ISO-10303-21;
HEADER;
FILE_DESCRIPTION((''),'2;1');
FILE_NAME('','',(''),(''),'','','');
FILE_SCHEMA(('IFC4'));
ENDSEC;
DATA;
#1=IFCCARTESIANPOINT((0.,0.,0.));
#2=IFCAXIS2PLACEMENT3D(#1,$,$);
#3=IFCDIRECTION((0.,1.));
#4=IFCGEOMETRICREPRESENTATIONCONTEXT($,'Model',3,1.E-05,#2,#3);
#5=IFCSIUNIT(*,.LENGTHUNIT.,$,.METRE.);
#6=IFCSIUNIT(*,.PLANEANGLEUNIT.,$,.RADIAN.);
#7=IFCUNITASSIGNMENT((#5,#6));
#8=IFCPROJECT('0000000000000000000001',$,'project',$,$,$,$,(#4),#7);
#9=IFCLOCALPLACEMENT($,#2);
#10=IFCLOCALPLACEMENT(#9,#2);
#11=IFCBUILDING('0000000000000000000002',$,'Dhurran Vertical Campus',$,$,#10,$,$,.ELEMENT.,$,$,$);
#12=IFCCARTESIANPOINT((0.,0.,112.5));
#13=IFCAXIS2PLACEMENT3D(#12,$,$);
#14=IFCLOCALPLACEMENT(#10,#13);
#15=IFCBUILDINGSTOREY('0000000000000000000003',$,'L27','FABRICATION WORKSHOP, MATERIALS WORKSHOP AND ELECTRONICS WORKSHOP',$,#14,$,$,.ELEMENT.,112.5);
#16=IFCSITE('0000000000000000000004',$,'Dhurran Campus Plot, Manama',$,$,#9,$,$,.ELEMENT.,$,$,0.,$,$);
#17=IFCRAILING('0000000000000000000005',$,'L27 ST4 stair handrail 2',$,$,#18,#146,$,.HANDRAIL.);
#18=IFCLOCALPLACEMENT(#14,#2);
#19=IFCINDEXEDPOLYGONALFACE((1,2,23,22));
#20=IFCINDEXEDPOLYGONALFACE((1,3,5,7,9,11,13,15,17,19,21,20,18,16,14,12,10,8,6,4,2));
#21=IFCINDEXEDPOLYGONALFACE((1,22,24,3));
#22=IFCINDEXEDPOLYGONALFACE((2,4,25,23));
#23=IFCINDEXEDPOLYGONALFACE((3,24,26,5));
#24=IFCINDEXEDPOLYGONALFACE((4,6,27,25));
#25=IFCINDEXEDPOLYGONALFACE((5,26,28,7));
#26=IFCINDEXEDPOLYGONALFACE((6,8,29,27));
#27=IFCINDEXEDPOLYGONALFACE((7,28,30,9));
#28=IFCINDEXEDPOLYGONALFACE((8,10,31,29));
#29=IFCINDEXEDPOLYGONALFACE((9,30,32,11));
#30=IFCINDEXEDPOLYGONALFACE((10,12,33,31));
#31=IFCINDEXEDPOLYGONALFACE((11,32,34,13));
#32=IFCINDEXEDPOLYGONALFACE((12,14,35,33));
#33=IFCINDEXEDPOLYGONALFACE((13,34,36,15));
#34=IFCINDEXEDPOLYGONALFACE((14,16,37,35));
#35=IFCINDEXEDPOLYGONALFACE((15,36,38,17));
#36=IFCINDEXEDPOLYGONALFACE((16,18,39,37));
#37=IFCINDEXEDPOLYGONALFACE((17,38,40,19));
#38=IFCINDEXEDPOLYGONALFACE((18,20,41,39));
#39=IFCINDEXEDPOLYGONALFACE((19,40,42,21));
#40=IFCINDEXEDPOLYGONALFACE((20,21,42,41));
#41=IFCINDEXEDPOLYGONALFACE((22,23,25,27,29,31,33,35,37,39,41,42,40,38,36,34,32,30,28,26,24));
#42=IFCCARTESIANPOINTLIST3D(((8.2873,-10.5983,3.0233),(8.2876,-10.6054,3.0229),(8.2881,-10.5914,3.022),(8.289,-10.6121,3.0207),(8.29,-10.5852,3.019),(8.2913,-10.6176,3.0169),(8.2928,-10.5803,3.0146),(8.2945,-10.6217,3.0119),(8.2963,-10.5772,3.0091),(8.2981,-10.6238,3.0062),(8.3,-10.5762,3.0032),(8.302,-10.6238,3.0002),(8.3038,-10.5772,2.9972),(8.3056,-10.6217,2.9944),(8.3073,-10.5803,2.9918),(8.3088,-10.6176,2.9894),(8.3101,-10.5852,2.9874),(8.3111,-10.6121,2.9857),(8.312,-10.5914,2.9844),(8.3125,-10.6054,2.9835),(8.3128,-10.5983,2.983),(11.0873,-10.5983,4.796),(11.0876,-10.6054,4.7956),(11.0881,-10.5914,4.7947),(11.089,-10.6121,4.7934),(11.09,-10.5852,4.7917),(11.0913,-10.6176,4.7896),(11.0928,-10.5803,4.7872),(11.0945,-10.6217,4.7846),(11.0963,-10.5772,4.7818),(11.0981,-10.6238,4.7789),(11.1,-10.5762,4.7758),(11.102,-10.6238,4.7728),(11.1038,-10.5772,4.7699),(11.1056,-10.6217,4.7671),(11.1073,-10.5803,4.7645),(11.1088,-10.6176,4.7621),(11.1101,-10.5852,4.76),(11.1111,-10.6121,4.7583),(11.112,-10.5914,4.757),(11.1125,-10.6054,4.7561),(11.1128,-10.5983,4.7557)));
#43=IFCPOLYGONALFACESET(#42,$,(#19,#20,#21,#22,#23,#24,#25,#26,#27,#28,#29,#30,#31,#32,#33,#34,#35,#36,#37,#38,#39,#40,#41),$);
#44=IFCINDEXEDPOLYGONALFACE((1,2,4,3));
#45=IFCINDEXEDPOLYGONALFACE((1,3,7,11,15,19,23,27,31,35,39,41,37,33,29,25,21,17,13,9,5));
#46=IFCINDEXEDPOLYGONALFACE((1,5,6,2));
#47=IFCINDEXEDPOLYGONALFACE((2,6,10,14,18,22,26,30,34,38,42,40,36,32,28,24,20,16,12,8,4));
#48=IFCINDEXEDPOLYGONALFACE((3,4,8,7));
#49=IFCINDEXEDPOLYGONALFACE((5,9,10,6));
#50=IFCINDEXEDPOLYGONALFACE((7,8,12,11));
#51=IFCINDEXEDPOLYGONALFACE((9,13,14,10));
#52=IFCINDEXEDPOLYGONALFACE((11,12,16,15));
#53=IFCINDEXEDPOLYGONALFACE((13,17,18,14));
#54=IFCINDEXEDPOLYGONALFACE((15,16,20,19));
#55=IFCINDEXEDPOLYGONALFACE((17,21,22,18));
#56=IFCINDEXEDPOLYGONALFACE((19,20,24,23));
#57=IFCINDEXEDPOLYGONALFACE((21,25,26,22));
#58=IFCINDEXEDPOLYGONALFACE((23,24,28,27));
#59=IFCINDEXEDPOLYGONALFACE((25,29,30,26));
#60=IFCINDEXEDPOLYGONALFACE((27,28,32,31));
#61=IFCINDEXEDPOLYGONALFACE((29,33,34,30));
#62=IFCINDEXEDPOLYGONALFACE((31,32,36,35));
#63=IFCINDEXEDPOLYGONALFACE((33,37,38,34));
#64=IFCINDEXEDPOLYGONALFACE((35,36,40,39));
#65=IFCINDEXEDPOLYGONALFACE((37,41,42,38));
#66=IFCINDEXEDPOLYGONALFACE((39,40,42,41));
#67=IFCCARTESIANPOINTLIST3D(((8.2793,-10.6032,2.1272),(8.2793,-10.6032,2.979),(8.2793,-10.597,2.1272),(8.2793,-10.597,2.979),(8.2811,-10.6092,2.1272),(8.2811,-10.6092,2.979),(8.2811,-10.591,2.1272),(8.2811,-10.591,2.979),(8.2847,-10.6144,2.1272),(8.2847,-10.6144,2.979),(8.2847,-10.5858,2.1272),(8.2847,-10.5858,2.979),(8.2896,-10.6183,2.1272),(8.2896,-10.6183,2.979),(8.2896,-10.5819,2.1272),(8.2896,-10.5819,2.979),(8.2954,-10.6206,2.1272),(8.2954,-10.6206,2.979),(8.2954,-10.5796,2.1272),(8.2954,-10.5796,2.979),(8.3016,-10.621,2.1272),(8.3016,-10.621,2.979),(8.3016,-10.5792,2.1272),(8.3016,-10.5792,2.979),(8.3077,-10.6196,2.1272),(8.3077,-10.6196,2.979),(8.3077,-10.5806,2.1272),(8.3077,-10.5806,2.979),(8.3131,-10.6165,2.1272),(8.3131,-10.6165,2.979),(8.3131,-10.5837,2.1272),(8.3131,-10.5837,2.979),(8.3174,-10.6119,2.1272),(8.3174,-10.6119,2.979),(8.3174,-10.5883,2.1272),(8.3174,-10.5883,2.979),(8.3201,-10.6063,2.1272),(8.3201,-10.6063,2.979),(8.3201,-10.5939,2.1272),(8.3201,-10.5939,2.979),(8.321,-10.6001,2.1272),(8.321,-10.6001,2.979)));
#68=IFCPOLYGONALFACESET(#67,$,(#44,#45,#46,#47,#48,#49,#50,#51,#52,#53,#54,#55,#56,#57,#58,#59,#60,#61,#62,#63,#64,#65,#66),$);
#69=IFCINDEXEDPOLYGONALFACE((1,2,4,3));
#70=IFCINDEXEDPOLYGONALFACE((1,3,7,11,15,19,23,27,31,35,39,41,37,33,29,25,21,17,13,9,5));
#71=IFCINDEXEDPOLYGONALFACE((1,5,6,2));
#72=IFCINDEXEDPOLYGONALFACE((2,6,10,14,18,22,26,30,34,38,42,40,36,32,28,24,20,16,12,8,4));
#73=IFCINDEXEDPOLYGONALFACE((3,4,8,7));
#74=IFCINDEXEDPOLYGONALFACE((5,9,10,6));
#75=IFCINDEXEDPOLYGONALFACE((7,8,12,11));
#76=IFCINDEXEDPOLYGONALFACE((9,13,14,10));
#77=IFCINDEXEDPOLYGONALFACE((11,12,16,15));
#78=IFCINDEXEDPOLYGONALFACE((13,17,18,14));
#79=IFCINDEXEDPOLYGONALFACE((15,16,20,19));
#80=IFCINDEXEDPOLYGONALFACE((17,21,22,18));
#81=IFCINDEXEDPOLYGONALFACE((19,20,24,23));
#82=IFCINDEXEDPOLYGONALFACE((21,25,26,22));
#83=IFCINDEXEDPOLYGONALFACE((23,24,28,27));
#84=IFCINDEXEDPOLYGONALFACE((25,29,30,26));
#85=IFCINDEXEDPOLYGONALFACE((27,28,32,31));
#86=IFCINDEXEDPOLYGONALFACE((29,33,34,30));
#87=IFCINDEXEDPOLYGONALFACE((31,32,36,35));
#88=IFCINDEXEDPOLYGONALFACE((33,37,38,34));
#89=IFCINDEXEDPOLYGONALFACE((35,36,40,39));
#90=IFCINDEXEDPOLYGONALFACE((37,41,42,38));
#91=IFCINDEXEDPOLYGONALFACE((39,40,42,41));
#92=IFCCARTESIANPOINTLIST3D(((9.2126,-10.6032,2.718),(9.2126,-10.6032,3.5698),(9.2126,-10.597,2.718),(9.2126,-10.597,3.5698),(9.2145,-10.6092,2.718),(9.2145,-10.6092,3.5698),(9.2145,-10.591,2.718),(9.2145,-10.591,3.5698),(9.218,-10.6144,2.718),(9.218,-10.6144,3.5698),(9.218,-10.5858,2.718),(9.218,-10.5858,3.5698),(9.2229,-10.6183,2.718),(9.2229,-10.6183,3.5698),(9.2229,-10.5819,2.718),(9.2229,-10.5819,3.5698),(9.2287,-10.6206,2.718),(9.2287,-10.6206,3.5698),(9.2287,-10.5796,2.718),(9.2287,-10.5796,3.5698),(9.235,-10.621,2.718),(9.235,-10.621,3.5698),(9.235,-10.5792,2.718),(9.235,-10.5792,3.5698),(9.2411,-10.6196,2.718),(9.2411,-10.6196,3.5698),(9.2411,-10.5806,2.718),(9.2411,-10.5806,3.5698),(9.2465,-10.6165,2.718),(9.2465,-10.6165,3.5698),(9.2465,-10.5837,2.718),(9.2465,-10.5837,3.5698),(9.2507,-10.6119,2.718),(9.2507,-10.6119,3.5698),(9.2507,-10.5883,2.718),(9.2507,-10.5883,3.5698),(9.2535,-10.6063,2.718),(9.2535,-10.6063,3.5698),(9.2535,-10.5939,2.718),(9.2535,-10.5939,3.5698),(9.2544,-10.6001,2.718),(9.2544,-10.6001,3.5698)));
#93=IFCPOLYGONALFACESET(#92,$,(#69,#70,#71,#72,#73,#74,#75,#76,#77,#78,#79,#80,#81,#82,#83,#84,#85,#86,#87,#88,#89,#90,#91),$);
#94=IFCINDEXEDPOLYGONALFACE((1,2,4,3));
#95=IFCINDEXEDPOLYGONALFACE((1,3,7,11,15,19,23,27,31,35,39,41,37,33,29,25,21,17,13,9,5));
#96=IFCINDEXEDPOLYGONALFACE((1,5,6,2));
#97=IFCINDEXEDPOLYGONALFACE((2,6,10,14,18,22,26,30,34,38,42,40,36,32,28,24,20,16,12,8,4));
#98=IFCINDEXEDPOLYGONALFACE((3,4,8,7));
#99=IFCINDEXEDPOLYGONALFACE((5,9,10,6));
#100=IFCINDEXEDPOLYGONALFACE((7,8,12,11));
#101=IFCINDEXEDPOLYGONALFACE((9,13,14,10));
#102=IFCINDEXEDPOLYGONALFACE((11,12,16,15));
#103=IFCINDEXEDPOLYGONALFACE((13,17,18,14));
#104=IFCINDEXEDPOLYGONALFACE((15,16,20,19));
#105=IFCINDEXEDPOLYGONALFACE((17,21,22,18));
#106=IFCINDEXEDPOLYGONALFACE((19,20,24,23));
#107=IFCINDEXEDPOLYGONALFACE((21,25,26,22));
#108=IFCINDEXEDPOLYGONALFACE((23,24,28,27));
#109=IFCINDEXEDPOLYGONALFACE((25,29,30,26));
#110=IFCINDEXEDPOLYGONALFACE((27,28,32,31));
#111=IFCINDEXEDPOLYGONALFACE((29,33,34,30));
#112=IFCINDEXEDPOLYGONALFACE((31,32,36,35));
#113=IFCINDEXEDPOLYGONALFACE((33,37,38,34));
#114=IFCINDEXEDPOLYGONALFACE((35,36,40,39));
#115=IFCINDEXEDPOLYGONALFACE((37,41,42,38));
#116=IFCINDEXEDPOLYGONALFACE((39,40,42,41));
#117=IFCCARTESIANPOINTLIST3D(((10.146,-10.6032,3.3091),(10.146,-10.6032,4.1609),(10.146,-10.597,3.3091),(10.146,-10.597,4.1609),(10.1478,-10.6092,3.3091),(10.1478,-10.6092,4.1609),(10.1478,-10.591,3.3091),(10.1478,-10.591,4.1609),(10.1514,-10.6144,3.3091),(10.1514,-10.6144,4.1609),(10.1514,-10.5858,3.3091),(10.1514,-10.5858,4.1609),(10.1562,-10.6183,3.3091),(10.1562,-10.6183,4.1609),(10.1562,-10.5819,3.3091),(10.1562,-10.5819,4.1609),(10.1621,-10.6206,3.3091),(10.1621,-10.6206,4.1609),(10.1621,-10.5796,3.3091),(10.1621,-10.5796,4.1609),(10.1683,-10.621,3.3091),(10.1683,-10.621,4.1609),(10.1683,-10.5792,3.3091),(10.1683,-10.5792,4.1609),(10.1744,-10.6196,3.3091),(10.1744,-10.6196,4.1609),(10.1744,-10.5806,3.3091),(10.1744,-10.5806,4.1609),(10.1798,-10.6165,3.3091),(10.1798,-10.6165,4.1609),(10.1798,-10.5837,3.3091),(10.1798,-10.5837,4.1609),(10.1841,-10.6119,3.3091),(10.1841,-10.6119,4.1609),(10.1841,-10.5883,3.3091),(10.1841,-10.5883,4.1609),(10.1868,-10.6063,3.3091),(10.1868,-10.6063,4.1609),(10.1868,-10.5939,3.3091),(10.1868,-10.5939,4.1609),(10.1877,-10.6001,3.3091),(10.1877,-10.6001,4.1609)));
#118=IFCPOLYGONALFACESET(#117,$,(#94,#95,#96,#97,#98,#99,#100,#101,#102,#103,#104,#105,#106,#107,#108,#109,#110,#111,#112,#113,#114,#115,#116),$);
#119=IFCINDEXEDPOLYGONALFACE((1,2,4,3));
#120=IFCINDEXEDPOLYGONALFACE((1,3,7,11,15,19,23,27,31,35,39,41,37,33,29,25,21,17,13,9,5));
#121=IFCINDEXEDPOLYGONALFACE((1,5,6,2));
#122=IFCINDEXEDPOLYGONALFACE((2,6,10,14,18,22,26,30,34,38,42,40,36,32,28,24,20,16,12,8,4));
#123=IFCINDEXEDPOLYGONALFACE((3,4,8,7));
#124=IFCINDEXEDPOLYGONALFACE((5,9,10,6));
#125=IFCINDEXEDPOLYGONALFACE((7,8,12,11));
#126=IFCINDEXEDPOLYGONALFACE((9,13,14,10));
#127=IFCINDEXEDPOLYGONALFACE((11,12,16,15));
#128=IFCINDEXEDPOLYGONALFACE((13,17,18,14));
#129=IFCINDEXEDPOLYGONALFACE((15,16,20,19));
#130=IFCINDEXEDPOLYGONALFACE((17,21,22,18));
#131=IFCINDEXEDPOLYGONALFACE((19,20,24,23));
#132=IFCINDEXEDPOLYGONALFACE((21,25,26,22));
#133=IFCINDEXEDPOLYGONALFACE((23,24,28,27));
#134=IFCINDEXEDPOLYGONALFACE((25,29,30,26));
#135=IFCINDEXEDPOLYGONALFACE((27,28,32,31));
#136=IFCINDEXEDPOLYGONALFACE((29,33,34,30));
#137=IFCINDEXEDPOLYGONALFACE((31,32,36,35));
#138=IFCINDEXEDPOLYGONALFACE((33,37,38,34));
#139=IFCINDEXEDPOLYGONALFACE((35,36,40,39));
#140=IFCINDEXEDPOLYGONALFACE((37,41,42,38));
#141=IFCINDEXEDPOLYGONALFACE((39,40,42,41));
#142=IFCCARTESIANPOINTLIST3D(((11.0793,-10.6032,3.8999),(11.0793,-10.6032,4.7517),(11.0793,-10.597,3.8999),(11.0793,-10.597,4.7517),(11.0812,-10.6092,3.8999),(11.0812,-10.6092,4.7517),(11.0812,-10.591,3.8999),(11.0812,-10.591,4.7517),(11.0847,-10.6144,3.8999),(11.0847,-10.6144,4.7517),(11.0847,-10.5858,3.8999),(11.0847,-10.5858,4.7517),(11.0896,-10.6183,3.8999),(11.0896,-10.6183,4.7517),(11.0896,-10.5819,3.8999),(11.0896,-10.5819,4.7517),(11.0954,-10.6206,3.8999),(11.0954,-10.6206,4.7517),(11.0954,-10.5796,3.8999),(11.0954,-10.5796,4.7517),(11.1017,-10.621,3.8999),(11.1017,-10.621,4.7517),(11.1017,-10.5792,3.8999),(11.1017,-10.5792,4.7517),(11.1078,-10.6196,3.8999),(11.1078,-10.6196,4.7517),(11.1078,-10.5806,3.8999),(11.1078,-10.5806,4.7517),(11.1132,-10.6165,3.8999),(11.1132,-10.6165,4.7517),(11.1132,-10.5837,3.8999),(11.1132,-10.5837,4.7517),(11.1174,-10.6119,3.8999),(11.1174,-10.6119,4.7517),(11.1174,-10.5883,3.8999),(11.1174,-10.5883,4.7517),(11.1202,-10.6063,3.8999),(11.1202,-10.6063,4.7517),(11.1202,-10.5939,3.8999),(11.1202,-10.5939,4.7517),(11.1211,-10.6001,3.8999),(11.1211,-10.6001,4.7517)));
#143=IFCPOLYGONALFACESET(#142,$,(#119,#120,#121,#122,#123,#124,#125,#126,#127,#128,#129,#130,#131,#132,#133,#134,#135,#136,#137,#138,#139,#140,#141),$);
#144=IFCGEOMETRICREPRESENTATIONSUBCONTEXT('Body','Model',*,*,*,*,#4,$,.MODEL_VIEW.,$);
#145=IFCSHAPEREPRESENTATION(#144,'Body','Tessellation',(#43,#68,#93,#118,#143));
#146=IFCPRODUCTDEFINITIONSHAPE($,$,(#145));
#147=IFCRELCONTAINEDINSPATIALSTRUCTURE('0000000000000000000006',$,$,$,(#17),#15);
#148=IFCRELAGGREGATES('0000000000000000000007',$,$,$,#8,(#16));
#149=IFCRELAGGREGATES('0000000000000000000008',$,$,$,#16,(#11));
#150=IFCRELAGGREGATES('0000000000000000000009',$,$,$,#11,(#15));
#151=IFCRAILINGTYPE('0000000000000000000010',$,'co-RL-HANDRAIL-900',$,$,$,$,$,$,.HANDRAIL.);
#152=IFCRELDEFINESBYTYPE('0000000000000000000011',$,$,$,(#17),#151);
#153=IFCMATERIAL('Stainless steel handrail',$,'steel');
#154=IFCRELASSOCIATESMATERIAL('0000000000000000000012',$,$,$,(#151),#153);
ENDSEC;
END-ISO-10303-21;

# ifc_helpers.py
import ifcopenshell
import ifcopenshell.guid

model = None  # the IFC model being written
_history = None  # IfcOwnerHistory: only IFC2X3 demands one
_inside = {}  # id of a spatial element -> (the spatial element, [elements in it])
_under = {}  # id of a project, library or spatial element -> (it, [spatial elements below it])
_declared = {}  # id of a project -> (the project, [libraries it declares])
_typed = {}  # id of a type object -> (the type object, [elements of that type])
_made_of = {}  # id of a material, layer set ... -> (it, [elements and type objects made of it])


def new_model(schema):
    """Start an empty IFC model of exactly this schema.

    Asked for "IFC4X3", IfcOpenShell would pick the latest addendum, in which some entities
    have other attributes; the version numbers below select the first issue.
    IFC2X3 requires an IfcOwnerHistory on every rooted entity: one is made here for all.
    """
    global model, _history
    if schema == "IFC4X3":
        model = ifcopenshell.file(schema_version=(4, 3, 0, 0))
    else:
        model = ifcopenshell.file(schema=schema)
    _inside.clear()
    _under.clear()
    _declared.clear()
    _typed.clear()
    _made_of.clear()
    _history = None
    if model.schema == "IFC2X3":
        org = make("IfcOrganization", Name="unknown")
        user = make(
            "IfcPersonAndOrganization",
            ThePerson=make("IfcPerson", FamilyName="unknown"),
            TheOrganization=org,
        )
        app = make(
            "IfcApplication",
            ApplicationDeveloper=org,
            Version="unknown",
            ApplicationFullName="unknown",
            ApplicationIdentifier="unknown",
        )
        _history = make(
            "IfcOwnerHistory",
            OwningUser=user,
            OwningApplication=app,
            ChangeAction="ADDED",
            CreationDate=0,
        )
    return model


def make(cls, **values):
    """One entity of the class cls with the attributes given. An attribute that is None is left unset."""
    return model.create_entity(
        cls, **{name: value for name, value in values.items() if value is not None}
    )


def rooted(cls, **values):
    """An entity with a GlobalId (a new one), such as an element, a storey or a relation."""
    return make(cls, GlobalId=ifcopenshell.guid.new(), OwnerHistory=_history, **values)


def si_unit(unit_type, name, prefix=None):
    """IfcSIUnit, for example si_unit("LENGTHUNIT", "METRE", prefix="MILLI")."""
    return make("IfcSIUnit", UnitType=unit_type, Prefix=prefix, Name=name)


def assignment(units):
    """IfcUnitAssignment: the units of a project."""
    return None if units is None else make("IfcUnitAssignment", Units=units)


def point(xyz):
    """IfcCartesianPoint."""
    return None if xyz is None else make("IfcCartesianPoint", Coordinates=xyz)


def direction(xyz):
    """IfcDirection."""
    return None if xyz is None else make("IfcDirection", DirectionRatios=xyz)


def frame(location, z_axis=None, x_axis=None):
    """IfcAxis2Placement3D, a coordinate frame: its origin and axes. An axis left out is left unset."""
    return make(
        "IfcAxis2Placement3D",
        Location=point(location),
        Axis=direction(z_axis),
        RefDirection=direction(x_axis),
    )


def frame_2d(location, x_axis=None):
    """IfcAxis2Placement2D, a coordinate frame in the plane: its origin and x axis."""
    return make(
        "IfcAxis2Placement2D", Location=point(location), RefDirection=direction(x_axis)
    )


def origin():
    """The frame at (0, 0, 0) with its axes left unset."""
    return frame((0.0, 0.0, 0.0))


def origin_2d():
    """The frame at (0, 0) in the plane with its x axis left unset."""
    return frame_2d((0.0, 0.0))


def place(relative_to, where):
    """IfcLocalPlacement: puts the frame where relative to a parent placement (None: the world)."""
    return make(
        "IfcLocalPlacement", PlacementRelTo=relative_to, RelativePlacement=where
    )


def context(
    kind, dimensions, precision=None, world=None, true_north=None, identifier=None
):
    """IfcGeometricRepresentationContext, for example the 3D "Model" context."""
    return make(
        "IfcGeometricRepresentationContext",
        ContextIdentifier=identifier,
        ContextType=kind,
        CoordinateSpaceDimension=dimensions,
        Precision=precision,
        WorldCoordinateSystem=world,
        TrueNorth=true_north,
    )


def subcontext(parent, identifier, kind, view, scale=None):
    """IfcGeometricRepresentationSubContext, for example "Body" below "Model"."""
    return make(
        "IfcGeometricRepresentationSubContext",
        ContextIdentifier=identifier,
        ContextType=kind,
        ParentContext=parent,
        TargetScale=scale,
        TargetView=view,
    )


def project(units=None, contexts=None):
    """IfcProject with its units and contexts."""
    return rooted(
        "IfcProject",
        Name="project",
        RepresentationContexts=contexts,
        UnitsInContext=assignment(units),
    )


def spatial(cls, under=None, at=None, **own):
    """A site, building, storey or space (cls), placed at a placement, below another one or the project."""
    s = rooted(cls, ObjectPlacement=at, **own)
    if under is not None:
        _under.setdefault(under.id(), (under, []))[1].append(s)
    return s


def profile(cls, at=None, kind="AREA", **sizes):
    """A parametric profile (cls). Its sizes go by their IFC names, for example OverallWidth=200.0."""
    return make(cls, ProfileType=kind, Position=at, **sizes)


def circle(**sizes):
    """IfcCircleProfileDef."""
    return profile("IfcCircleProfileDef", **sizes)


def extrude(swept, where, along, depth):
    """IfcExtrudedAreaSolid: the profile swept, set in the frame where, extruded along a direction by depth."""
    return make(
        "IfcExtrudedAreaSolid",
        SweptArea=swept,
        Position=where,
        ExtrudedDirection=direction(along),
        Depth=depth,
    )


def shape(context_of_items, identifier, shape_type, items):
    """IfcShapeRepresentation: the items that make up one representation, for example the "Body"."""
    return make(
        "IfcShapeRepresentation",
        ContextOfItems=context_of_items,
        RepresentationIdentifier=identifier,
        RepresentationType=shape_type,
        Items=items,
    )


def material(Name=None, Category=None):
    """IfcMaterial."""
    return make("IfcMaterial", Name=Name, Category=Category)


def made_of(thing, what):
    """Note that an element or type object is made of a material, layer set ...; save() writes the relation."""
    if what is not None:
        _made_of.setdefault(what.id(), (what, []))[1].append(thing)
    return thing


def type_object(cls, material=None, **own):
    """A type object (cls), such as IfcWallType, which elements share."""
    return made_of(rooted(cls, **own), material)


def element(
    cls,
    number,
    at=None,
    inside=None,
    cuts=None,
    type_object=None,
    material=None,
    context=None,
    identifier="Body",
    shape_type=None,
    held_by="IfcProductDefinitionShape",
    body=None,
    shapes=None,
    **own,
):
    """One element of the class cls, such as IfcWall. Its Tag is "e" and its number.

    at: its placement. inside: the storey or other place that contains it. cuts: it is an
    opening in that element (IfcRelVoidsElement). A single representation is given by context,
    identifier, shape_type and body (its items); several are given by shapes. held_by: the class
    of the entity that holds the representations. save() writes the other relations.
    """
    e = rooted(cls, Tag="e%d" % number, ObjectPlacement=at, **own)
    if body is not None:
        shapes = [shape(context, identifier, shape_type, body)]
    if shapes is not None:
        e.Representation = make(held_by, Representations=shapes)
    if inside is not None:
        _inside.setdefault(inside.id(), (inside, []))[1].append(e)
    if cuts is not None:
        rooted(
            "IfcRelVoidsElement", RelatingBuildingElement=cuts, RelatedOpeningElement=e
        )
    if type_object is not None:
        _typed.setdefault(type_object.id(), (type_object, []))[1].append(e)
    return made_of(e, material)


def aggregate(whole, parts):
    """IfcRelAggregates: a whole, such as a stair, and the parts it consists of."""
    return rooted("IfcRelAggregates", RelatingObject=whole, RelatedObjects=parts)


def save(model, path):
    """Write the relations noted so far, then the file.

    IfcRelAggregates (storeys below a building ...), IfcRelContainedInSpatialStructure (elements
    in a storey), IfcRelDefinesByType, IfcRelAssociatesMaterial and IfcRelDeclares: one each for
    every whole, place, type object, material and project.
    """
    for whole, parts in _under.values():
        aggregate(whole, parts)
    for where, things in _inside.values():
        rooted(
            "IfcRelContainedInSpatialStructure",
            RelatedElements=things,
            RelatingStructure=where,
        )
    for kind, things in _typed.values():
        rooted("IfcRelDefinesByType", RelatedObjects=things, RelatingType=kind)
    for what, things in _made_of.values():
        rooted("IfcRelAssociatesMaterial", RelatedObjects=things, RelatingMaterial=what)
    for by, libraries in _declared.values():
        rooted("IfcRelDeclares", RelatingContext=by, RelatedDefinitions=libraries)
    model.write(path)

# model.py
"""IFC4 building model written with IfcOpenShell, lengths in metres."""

from ifc_helpers import new_model, si_unit, direction, frame, origin, origin_2d, place, context, subcontext, project, spatial, circle, extrude, material, type_object, element, save


model = new_model("IFC4")

# Units and contexts
model_context = context("Model", 3, precision=1e-05, world=origin(), true_north=direction((0.0, 1.0)))
body_context = subcontext(model_context, "Body", "Model", "MODEL_VIEW")
ifc_project = project(units=[si_unit("LENGTHUNIT", "METRE"), si_unit("PLANEANGLEUNIT", "RADIAN")], contexts=[model_context])

# Site, building, storey
site_placement = place(None, origin())
site = spatial("IfcSite", under=ifc_project, at=site_placement, Name="Dhurran Campus Plot, Manama", CompositionType="ELEMENT", RefElevation=0.0)
building_placement = place(site_placement, origin())
building = spatial("IfcBuilding", under=site, at=building_placement, Name="Dhurran Vertical Campus", CompositionType="ELEMENT")
storey_placement = place(building_placement, frame((0.0, 0.0, 112.5)))
storey = spatial("IfcBuildingStorey", under=building, at=storey_placement, Name="L27", Description="FABRICATION WORKSHOP, MATERIALS WORKSHOP AND ELECTRONICS WORKSHOP", CompositionType="ELEMENT", Elevation=112.5)

# Railing
ifc_material_1 = material(Name="Stainless steel handrail", Category="steel")
railing_type_1 = type_object("IfcRailingType", Name="co-RL-HANDRAIL-900", PredefinedType="HANDRAIL", material=ifc_material_1)
railing_1_placement = place(storey_placement, frame((8.3, -10.6001, 2.1272)))
element("IfcRailing", 1, at=railing_1_placement, inside=storey, type_object=railing_type_1, Name="L27 ST4 stair handrail 2", PredefinedType="HANDRAIL", context=body_context, shape_type="SweptSolid", body=[
    extrude(circle(Radius=0.0239, at=origin_2d()), frame((0.0, 0.0, 0.876), z_axis=(0.844909, 0.0, 0.53491), x_axis=(0.0, 1.0, 0.0)), (0.0, 0.0, 1.0), 3.314),
    extrude(circle(Radius=0.021, at=origin_2d()), origin(), (0.0, 0.0, 1.0), 0.8518),
    extrude(circle(Radius=0.021, at=origin_2d()), frame((0.9333, 0.0, 0.5908)), (0.0, 0.0, 1.0), 0.8518),
    extrude(circle(Radius=0.021, at=origin_2d()), frame((1.8667, 0.0, 1.1819)), (0.0, 0.0, 1.0), 0.8518),
    extrude(circle(Radius=0.021, at=origin_2d()), frame((2.8, 0.0, 1.7727)), (0.0, 0.0, 1.0), 0.8518),
])

save(model, "model.ifc")
